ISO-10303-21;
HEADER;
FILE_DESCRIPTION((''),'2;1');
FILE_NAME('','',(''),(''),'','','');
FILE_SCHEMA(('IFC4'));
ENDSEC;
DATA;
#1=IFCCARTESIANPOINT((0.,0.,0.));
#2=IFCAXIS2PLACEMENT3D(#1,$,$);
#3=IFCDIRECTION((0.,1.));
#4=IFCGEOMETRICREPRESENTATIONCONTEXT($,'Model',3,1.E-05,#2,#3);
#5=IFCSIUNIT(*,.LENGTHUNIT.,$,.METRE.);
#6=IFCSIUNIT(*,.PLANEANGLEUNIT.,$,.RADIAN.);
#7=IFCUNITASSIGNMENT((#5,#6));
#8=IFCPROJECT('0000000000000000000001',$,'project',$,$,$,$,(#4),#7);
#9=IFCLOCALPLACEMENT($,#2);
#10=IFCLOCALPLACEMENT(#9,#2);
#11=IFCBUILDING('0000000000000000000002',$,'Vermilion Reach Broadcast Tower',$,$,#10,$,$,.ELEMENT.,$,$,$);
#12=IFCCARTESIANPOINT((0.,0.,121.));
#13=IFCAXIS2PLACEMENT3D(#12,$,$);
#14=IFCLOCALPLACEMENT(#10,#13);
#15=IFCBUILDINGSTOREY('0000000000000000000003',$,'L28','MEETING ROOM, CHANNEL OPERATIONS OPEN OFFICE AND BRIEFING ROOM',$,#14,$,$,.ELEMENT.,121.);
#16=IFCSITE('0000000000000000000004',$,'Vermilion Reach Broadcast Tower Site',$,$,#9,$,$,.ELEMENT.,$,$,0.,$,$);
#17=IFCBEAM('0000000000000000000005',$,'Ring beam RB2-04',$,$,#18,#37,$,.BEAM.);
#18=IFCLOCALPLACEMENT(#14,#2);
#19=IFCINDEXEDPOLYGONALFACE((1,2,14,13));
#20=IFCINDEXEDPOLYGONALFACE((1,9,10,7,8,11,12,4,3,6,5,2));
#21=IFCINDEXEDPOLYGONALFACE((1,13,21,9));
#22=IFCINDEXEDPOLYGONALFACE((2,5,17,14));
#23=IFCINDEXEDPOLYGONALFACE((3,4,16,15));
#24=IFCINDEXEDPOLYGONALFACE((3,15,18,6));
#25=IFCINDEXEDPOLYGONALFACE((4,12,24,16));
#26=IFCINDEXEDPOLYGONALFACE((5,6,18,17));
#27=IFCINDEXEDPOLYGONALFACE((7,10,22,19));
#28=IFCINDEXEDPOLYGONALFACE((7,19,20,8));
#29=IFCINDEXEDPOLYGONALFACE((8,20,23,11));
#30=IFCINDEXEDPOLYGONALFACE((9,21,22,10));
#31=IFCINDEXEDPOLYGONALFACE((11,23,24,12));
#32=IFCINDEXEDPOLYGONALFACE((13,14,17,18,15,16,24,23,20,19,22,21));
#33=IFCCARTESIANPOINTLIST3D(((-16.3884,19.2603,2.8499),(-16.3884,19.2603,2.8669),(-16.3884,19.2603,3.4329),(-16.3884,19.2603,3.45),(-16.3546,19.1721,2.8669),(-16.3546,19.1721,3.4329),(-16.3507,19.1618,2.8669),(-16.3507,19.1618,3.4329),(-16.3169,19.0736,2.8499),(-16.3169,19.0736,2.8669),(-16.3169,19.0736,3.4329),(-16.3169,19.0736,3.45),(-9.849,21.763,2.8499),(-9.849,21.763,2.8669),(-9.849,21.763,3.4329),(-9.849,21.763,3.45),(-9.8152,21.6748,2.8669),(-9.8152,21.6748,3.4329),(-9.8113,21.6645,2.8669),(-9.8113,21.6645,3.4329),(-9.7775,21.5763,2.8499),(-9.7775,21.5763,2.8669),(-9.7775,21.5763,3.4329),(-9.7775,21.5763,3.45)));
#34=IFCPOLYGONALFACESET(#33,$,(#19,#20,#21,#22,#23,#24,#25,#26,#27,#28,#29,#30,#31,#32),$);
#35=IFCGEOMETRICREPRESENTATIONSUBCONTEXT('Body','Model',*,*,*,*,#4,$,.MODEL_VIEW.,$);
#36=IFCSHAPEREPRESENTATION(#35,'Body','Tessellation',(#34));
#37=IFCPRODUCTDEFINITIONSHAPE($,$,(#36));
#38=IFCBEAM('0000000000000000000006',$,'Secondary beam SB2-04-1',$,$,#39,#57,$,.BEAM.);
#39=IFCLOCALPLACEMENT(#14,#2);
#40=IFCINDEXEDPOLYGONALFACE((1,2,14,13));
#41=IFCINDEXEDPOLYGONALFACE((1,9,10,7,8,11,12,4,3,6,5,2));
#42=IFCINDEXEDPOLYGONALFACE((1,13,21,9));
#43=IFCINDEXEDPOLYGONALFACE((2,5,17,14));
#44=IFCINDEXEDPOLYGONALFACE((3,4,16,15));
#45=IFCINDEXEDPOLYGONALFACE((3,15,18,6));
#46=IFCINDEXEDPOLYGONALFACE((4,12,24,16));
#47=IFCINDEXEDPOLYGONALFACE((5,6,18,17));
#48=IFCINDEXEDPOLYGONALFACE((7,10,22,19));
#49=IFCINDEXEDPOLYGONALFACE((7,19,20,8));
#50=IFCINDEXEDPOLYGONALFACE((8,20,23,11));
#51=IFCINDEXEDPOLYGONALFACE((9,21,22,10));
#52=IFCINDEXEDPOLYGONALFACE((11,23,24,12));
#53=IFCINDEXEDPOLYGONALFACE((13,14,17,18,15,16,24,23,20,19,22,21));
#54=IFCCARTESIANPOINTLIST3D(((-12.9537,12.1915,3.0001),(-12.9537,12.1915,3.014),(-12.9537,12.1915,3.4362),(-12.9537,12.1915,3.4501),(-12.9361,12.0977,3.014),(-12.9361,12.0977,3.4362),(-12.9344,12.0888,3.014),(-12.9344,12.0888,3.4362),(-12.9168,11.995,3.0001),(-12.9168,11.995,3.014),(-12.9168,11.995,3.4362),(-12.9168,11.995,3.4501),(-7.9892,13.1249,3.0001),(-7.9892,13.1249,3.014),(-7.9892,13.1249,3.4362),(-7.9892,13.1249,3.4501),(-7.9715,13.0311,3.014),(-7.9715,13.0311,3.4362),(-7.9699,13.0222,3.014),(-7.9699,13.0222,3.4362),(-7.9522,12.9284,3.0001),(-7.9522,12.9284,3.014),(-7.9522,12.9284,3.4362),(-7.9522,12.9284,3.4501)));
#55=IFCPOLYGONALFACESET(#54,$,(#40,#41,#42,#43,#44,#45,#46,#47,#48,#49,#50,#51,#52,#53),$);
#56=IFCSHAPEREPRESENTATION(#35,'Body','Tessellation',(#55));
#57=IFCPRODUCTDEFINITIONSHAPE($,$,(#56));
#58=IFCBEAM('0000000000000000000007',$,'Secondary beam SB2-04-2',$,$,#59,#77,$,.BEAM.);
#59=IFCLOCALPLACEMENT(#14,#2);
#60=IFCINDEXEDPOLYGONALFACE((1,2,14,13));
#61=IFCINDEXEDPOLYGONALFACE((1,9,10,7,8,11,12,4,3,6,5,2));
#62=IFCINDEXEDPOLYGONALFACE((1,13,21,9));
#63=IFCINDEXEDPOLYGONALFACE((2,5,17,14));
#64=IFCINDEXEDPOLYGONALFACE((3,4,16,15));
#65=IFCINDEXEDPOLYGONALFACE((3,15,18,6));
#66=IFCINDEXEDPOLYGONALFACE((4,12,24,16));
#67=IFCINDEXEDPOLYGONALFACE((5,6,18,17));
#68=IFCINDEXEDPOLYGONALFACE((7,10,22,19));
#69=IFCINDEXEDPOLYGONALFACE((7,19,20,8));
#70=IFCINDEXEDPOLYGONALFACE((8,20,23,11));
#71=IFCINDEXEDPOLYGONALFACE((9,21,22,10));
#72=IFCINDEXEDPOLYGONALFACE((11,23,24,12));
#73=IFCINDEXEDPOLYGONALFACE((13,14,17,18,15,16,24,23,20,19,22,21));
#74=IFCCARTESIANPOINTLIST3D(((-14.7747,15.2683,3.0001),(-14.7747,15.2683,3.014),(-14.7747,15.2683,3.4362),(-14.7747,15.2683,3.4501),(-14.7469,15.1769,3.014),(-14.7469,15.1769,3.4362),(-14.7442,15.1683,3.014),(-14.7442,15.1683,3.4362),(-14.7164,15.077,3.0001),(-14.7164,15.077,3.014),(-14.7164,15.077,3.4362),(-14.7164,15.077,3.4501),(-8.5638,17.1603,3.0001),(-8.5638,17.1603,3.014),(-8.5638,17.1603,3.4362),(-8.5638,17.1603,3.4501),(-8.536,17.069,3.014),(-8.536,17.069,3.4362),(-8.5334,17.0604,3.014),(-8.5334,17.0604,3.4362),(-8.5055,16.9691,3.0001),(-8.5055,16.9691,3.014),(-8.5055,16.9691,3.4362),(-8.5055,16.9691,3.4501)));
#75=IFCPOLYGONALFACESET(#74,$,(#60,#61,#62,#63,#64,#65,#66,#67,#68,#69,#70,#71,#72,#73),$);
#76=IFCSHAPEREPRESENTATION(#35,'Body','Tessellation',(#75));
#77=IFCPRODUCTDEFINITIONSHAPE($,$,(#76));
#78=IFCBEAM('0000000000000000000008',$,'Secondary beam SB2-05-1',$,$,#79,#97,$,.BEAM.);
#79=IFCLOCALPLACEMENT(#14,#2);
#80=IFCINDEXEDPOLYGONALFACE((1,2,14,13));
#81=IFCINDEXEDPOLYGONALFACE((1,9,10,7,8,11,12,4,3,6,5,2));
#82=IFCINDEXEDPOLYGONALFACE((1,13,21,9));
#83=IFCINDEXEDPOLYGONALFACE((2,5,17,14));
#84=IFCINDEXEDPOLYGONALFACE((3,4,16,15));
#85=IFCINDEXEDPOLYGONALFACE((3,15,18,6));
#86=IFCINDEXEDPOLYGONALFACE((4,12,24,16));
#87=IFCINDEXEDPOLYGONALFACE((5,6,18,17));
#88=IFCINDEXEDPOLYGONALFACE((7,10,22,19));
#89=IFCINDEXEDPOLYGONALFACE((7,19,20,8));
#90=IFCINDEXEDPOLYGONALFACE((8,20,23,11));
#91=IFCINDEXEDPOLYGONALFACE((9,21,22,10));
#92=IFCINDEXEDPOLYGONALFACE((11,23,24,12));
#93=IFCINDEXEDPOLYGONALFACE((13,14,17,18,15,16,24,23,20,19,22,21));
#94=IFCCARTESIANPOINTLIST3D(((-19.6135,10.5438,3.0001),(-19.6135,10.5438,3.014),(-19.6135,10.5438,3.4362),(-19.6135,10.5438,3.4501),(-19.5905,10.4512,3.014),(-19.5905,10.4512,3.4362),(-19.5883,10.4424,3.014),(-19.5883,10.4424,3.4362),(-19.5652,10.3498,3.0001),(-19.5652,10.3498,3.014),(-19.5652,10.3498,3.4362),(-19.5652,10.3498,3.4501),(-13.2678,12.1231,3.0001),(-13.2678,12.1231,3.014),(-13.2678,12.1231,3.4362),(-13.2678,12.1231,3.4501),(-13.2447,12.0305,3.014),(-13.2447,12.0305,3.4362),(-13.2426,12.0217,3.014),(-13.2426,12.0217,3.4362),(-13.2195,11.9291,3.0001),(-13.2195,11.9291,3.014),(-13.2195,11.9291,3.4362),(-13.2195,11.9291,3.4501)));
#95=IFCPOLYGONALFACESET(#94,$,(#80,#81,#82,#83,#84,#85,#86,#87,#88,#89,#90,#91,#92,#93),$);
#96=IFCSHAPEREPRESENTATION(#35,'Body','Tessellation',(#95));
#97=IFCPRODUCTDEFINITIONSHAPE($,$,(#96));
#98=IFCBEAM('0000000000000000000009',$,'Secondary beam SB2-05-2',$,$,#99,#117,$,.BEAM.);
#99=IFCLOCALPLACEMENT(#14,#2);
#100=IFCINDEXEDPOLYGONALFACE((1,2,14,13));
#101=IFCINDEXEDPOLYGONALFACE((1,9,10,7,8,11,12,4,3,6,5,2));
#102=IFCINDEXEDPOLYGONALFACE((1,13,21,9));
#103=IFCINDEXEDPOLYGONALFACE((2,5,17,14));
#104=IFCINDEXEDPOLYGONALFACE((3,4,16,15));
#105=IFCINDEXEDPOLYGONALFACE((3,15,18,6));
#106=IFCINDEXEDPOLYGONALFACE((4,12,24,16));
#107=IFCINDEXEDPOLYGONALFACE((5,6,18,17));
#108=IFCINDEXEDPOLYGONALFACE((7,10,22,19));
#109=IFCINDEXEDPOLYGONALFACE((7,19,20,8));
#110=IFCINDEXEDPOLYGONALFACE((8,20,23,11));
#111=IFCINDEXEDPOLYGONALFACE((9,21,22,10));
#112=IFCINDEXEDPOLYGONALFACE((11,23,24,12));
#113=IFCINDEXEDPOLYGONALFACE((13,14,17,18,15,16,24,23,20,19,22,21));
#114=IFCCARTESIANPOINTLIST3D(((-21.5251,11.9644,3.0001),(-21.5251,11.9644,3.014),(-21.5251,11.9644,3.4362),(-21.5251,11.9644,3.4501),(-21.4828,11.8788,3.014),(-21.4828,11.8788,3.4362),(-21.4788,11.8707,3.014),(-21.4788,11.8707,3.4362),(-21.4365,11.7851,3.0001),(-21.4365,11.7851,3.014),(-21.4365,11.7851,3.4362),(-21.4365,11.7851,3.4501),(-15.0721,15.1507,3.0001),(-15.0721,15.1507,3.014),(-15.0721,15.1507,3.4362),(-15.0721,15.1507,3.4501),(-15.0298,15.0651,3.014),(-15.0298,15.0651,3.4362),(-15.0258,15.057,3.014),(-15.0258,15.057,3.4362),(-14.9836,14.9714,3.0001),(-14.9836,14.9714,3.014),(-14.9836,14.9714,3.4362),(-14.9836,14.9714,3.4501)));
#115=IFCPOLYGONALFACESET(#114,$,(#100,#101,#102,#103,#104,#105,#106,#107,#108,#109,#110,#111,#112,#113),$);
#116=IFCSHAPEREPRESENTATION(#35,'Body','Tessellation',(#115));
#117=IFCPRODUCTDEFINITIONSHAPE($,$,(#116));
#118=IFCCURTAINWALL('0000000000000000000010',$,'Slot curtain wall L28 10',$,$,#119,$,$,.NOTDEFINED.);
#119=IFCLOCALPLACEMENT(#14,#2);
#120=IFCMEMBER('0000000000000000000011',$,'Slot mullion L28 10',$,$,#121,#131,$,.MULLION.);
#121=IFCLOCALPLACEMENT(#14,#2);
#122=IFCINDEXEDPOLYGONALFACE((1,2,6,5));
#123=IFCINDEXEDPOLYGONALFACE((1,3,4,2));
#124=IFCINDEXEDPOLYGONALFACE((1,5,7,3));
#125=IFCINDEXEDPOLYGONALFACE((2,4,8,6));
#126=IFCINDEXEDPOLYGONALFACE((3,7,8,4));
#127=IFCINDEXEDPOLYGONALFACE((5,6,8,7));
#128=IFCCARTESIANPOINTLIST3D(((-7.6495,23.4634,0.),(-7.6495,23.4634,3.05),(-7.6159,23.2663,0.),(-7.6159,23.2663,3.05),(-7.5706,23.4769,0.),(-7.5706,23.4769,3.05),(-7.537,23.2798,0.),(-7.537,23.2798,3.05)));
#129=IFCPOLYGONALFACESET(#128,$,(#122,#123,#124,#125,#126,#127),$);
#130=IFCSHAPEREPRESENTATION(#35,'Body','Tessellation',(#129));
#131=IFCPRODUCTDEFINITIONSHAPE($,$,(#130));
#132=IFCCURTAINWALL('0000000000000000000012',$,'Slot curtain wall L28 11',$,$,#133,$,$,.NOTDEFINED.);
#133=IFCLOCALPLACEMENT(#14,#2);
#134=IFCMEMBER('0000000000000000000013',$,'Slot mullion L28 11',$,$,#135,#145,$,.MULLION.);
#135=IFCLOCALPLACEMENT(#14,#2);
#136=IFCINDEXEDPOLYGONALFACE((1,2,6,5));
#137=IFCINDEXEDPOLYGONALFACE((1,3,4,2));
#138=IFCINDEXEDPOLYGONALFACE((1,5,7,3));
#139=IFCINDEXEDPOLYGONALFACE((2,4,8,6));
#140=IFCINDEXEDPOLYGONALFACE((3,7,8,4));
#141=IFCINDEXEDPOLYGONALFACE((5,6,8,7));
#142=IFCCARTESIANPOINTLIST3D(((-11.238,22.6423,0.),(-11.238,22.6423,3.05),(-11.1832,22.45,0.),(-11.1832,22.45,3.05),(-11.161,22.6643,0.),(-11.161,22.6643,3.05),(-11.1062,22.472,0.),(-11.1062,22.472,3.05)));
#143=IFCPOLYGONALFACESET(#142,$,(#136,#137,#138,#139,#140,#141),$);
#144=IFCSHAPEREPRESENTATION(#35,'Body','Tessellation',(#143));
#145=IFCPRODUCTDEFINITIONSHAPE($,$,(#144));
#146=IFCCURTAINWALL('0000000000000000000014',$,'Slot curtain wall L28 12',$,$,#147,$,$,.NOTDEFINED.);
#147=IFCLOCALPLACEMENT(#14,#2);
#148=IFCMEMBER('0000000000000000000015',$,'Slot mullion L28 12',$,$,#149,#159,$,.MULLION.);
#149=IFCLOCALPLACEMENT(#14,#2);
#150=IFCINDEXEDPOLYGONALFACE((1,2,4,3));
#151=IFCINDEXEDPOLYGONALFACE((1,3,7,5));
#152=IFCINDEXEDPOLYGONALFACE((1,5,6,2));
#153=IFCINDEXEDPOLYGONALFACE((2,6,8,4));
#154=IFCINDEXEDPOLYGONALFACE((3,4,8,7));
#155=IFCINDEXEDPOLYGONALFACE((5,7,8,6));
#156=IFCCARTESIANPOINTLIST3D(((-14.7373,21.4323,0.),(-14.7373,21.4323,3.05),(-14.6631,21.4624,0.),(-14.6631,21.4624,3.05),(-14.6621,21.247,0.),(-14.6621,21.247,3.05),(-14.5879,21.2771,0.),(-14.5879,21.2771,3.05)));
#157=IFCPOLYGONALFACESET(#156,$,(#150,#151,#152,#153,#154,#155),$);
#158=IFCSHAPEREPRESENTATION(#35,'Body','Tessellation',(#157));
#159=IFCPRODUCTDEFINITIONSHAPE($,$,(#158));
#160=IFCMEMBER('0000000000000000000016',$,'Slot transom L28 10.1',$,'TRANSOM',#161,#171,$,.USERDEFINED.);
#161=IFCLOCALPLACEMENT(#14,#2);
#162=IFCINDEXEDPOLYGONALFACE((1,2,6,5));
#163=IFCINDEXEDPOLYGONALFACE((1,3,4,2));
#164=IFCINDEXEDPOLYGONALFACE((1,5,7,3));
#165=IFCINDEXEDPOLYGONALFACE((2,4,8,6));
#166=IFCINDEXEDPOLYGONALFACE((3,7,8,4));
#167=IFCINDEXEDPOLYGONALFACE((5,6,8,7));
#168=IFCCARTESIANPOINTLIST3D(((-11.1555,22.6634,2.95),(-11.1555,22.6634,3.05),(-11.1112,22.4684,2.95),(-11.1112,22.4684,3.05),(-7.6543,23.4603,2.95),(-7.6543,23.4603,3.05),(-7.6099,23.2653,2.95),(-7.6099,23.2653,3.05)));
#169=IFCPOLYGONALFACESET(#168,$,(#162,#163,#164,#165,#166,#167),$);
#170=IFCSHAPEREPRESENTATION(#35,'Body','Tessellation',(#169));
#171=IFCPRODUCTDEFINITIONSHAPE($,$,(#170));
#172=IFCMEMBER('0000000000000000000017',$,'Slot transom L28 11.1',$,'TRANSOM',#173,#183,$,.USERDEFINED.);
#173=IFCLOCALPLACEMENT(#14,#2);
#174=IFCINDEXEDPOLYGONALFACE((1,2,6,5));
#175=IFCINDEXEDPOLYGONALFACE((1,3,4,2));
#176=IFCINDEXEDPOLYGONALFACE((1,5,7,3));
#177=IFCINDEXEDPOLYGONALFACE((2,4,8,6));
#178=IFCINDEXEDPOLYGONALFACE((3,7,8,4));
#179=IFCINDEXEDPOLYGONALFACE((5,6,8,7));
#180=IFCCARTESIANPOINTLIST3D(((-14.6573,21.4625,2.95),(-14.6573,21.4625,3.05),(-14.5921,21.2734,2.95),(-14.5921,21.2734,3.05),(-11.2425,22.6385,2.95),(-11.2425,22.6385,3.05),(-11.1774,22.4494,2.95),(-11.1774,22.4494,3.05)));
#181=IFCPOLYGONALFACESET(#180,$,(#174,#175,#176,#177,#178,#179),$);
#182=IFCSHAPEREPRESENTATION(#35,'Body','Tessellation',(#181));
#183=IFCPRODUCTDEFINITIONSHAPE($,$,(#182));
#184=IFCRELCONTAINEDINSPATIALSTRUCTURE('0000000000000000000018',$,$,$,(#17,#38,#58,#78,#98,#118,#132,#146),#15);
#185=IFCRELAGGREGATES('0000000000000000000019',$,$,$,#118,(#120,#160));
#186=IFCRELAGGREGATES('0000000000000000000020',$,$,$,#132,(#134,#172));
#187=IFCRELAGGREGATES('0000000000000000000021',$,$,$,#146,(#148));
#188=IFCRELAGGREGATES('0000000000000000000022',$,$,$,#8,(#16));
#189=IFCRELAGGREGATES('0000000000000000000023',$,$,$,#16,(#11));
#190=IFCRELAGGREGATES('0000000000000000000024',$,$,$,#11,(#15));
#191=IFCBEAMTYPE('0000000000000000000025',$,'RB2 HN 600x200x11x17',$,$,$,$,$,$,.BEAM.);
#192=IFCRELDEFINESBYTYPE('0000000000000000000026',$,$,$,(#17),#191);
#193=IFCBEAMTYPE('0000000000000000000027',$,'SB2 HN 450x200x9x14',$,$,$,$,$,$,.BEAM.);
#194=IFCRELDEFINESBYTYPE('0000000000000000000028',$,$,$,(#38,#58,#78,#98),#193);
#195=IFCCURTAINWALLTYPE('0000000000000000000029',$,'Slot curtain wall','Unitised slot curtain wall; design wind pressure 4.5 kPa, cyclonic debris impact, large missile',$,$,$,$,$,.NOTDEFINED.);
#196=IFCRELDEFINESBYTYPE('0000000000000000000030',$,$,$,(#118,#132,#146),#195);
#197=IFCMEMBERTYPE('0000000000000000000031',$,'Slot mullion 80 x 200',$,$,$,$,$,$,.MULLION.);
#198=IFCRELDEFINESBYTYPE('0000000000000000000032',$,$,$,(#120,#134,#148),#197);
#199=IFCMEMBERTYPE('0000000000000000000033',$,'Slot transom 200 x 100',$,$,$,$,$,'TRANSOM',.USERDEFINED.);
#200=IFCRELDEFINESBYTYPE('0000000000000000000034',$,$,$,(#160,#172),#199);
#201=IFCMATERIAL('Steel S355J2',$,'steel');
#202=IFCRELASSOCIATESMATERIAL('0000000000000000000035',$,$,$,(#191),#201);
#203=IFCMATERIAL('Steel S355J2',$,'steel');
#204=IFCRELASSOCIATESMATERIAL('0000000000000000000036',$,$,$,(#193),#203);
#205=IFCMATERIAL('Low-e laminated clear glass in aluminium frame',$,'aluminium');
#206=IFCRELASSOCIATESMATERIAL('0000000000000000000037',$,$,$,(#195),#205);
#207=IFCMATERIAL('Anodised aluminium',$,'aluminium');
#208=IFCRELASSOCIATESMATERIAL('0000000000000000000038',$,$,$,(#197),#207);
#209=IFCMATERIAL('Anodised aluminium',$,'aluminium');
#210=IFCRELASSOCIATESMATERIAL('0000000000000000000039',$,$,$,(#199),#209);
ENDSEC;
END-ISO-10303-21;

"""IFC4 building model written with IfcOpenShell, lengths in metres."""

from ifc_helpers import new_model, si_unit, direction, frame, origin, origin_2d, place, context, subcontext, project, spatial, rectangle, i_section, extrude, material, material_profile, profile_set, type_object, element, aggregate, save


model = new_model("IFC4")

# Units and contexts
model_context = context("Model", 3, precision=1e-05, world=origin(), true_north=direction((0.0, 1.0)))
body_context = subcontext(model_context, "Body", "Model", "MODEL_VIEW")
ifc_project = project(units=[si_unit("LENGTHUNIT", "METRE"), si_unit("PLANEANGLEUNIT", "RADIAN")], contexts=[model_context])

# Site, building, storey
site_placement = place(None, origin())
site = spatial("IfcSite", under=ifc_project, at=site_placement, Name="Vermilion Reach Broadcast Tower Site", CompositionType="ELEMENT", RefElevation=0.0)
building_placement = place(site_placement, origin())
building = spatial("IfcBuilding", under=site, at=building_placement, Name="Vermilion Reach Broadcast Tower", CompositionType="ELEMENT")
storey_placement = place(building_placement, frame((0.0, 0.0, 121.0)))
storey = spatial("IfcBuildingStorey", under=building, at=storey_placement, Name="L28", Description="MEETING ROOM, CHANNEL OPERATIONS OPEN OFFICE AND BRIEFING ROOM", CompositionType="ELEMENT", Elevation=121.0)

# Beams
ifc_material_1 = material(Name="Steel S355J2", Category="steel")
ifc_material_profile_1 = material_profile(ifc_material_1, i_section(OverallWidth=0.2, OverallDepth=0.6001, WebThickness=0.011, FlangeThickness=0.0171, at=origin_2d()), Name="S355J2 HN 600x200x11x17")
ifc_profile_set_1 = profile_set([ifc_material_profile_1], Name="Steel S355J2")
beam_type_1 = type_object("IfcBeamType", Name="RB2 HN 600x200x11x17", PredefinedType="BEAM", material=ifc_profile_set_1)
beam_1_placement = place(storey_placement, frame((-9.8132, 21.6697, 3.1499), z_axis=(-0.933939, -0.357432, 0.0), x_axis=(0.357432, -0.933939, 0.0)))
element("IfcBeam", 1, at=beam_1_placement, inside=storey, type_object=beam_type_1, Name="Ring beam RB2-04", PredefinedType="BEAM", context=body_context, shape_type="SweptSolid", body=[
    extrude(i_section(OverallWidth=0.2, OverallDepth=0.6001, WebThickness=0.011, FlangeThickness=0.0171, at=origin_2d()), origin(), (0.0, 0.0, 1.0), 7.002),
])
ifc_material_2 = material(Name="Steel S355J2", Category="steel")
ifc_material_profile_2 = material_profile(ifc_material_2, i_section(OverallWidth=0.2, OverallDepth=0.45, WebThickness=0.009, FlangeThickness=0.0139, at=origin_2d()), Name="S355J2 HN 450x200x9x14")
ifc_profile_set_2 = profile_set([ifc_material_profile_2], Name="Steel S355J2")
beam_type_2 = type_object("IfcBeamType", Name="SB2 HN 450x200x9x14", PredefinedType="BEAM", material=ifc_profile_set_2)
beam_2_placement = place(storey_placement, frame((-7.9707, 13.0266, 3.2251), z_axis=(-0.982783, -0.184764, 0.0), x_axis=(0.184764, -0.982783, 0.0)))
element("IfcBeam", 2, at=beam_2_placement, inside=storey, type_object=beam_type_2, Name="Secondary beam SB2-04-1", PredefinedType="BEAM", context=body_context, shape_type="SweptSolid", body=[
    extrude(i_section(OverallWidth=0.2, OverallDepth=0.45, WebThickness=0.009, FlangeThickness=0.0139, at=origin_2d()), origin(), (0.0, 0.0, 1.0), 5.0515),
])
beam_3_placement = place(storey_placement, frame((-8.5347, 17.0647, 3.2251), z_axis=(-0.956596, -0.291416, 0.0), x_axis=(0.291416, -0.956596, 0.0)))
element("IfcBeam", 3, at=beam_3_placement, inside=storey, type_object=beam_type_2, Name="Secondary beam SB2-04-2", PredefinedType="BEAM", context=body_context, shape_type="SweptSolid", body=[
    extrude(i_section(OverallWidth=0.2, OverallDepth=0.45, WebThickness=0.009, FlangeThickness=0.0139, at=origin_2d()), origin(), (0.0, 0.0, 1.0), 6.4927),
])
beam_4_placement = place(storey_placement, frame((-13.2437, 12.0261, 3.2251), z_axis=(-0.970397, -0.241516, 0.0), x_axis=(0.241516, -0.970397, 0.0)))
element("IfcBeam", 4, at=beam_4_placement, inside=storey, type_object=beam_type_2, Name="Secondary beam SB2-05-1", PredefinedType="BEAM", context=body_context, shape_type="SweptSolid", body=[
    extrude(i_section(OverallWidth=0.2, OverallDepth=0.45, WebThickness=0.009, FlangeThickness=0.0139, at=origin_2d()), origin(), (0.0, 0.0, 1.0), 6.5393),
])
beam_5_placement = place(storey_placement, frame((-15.0278, 15.061, 3.2251), z_axis=(-0.896648, -0.442744, 0.0), x_axis=(0.442744, -0.896648, 0.0)))
element("IfcBeam", 5, at=beam_5_placement, inside=storey, type_object=beam_type_2, Name="Secondary beam SB2-05-2", PredefinedType="BEAM", context=body_context, shape_type="SweptSolid", body=[
    extrude(i_section(OverallWidth=0.2, OverallDepth=0.45, WebThickness=0.009, FlangeThickness=0.0139, at=origin_2d()), origin(), (0.0, 0.0, 1.0), 7.1968),
])

# Curtain walls, members
ifc_material_3 = material(Name="Low-e laminated clear glass in aluminium frame", Category="aluminium")
curtain_wall_type = type_object("IfcCurtainWallType", Name="Slot curtain wall", Description="Unitised slot curtain wall; design wind pressure 4.5 kPa, cyclonic debris impact, large missile", PredefinedType="NOTDEFINED", material=ifc_material_3)
placement = place(storey_placement, origin())
curtain_wall_1 = element("IfcCurtainWall", 6, at=placement, inside=storey, type_object=curtain_wall_type, Name="Slot curtain wall L28 10", PredefinedType="NOTDEFINED")
ifc_material_4 = material(Name="Anodised aluminium", Category="aluminium")
ifc_material_profile_3 = material_profile(ifc_material_4, rectangle(XDim=0.2, YDim=0.0801, at=origin_2d()), Name="Slot mullion 80 x 200")
ifc_profile_set_3 = profile_set([ifc_material_profile_3], Name="Anodised aluminium")
member_type_1 = type_object("IfcMemberType", Name="Slot mullion 80 x 200", PredefinedType="MULLION", material=ifc_profile_set_3)
member_1_placement = place(storey_placement, frame((-7.5933, 23.3716, 0.0), z_axis=(0.0, 0.0, 1.0), x_axis=(0.168128, -0.985765, 0.0)))
member_1 = element("IfcMember", 7, at=member_1_placement, type_object=member_type_1, Name="Slot mullion L28 10", PredefinedType="MULLION", context=body_context, shape_type="SweptSolid", body=[
    extrude(rectangle(XDim=0.2, YDim=0.0801, at=origin_2d()), origin(), (0.0, 0.0, 1.0), 3.05),
])
curtain_wall_2 = element("IfcCurtainWall", 8, at=placement, inside=storey, type_object=curtain_wall_type, Name="Slot curtain wall L28 11", PredefinedType="NOTDEFINED")
member_2_placement = place(storey_placement, frame((-11.1721, 22.5571, 0.0), z_axis=(0.0, 0.0, 1.0), x_axis=(0.274195, -0.961674, 0.0)))
member_2 = element("IfcMember", 9, at=member_2_placement, type_object=member_type_1, Name="Slot mullion L28 11", PredefinedType="MULLION", context=body_context, shape_type="SweptSolid", body=[
    extrude(rectangle(XDim=0.2, YDim=0.0801, at=origin_2d()), origin(), (0.0, 0.0, 1.0), 3.05),
])
curtain_wall_3 = element("IfcCurtainWall", 10, at=placement, inside=storey, type_object=curtain_wall_type, Name="Slot curtain wall L28 12", PredefinedType="NOTDEFINED")
member_3_placement = place(storey_placement, frame((-14.6626, 21.3547, 0.0), z_axis=(0.0, 0.0, 1.0), x_axis=(0.375901, -0.92666, 0.0)))
member_3 = element("IfcMember", 11, at=member_3_placement, type_object=member_type_1, Name="Slot mullion L28 12", PredefinedType="MULLION", context=body_context, shape_type="SweptSolid", body=[
    extrude(rectangle(XDim=0.2, YDim=0.0801, at=origin_2d()), origin(), (0.0, 0.0, 1.0), 3.05),
])

# Members
ifc_material_5 = material(Name="Anodised aluminium", Category="aluminium")
ifc_material_profile_4 = material_profile(ifc_material_5, rectangle(XDim=0.2, YDim=0.1001, at=origin_2d()), Name="Slot transom 200 x 100")
ifc_profile_set_4 = profile_set([ifc_material_profile_4], Name="Anodised aluminium")
member_type_2 = type_object("IfcMemberType", Name="Slot transom 200 x 100", ElementType="TRANSOM", PredefinedType="USERDEFINED", material=ifc_profile_set_4)
member_4_placement = place(storey_placement, frame((-7.6321, 23.3628, 3.0), z_axis=(-0.975064, -0.221924, 0.0), x_axis=(0.221924, -0.975064, 0.0)))
member_4 = element("IfcMember", 12, at=member_4_placement, type_object=member_type_2, Name="Slot transom L28 10.1", ObjectType="TRANSOM", PredefinedType="USERDEFINED", context=body_context, shape_type="SweptSolid", body=[
    extrude(rectangle(XDim=0.2, YDim=0.1001, at=origin_2d()), origin(), (0.0, 0.0, 1.0), 3.5908),
])
member_5_placement = place(storey_placement, frame((-11.21, 22.5439, 3.0), z_axis=(-0.9455, -0.325622, 0.0), x_axis=(0.325622, -0.9455, 0.0)))
member_5 = element("IfcMember", 13, at=member_5_placement, type_object=member_type_2, Name="Slot transom L28 11.1", ObjectType="TRANSOM", PredefinedType="USERDEFINED", context=body_context, shape_type="SweptSolid", body=[
    extrude(rectangle(XDim=0.2, YDim=0.1001, at=origin_2d()), origin(), (0.0, 0.0, 1.0), 3.6116),
])

aggregate(curtain_wall_1, [member_1, member_4])
aggregate(curtain_wall_2, [member_2, member_5])
aggregate(curtain_wall_3, [member_3])

save(model, "model.ifc")
